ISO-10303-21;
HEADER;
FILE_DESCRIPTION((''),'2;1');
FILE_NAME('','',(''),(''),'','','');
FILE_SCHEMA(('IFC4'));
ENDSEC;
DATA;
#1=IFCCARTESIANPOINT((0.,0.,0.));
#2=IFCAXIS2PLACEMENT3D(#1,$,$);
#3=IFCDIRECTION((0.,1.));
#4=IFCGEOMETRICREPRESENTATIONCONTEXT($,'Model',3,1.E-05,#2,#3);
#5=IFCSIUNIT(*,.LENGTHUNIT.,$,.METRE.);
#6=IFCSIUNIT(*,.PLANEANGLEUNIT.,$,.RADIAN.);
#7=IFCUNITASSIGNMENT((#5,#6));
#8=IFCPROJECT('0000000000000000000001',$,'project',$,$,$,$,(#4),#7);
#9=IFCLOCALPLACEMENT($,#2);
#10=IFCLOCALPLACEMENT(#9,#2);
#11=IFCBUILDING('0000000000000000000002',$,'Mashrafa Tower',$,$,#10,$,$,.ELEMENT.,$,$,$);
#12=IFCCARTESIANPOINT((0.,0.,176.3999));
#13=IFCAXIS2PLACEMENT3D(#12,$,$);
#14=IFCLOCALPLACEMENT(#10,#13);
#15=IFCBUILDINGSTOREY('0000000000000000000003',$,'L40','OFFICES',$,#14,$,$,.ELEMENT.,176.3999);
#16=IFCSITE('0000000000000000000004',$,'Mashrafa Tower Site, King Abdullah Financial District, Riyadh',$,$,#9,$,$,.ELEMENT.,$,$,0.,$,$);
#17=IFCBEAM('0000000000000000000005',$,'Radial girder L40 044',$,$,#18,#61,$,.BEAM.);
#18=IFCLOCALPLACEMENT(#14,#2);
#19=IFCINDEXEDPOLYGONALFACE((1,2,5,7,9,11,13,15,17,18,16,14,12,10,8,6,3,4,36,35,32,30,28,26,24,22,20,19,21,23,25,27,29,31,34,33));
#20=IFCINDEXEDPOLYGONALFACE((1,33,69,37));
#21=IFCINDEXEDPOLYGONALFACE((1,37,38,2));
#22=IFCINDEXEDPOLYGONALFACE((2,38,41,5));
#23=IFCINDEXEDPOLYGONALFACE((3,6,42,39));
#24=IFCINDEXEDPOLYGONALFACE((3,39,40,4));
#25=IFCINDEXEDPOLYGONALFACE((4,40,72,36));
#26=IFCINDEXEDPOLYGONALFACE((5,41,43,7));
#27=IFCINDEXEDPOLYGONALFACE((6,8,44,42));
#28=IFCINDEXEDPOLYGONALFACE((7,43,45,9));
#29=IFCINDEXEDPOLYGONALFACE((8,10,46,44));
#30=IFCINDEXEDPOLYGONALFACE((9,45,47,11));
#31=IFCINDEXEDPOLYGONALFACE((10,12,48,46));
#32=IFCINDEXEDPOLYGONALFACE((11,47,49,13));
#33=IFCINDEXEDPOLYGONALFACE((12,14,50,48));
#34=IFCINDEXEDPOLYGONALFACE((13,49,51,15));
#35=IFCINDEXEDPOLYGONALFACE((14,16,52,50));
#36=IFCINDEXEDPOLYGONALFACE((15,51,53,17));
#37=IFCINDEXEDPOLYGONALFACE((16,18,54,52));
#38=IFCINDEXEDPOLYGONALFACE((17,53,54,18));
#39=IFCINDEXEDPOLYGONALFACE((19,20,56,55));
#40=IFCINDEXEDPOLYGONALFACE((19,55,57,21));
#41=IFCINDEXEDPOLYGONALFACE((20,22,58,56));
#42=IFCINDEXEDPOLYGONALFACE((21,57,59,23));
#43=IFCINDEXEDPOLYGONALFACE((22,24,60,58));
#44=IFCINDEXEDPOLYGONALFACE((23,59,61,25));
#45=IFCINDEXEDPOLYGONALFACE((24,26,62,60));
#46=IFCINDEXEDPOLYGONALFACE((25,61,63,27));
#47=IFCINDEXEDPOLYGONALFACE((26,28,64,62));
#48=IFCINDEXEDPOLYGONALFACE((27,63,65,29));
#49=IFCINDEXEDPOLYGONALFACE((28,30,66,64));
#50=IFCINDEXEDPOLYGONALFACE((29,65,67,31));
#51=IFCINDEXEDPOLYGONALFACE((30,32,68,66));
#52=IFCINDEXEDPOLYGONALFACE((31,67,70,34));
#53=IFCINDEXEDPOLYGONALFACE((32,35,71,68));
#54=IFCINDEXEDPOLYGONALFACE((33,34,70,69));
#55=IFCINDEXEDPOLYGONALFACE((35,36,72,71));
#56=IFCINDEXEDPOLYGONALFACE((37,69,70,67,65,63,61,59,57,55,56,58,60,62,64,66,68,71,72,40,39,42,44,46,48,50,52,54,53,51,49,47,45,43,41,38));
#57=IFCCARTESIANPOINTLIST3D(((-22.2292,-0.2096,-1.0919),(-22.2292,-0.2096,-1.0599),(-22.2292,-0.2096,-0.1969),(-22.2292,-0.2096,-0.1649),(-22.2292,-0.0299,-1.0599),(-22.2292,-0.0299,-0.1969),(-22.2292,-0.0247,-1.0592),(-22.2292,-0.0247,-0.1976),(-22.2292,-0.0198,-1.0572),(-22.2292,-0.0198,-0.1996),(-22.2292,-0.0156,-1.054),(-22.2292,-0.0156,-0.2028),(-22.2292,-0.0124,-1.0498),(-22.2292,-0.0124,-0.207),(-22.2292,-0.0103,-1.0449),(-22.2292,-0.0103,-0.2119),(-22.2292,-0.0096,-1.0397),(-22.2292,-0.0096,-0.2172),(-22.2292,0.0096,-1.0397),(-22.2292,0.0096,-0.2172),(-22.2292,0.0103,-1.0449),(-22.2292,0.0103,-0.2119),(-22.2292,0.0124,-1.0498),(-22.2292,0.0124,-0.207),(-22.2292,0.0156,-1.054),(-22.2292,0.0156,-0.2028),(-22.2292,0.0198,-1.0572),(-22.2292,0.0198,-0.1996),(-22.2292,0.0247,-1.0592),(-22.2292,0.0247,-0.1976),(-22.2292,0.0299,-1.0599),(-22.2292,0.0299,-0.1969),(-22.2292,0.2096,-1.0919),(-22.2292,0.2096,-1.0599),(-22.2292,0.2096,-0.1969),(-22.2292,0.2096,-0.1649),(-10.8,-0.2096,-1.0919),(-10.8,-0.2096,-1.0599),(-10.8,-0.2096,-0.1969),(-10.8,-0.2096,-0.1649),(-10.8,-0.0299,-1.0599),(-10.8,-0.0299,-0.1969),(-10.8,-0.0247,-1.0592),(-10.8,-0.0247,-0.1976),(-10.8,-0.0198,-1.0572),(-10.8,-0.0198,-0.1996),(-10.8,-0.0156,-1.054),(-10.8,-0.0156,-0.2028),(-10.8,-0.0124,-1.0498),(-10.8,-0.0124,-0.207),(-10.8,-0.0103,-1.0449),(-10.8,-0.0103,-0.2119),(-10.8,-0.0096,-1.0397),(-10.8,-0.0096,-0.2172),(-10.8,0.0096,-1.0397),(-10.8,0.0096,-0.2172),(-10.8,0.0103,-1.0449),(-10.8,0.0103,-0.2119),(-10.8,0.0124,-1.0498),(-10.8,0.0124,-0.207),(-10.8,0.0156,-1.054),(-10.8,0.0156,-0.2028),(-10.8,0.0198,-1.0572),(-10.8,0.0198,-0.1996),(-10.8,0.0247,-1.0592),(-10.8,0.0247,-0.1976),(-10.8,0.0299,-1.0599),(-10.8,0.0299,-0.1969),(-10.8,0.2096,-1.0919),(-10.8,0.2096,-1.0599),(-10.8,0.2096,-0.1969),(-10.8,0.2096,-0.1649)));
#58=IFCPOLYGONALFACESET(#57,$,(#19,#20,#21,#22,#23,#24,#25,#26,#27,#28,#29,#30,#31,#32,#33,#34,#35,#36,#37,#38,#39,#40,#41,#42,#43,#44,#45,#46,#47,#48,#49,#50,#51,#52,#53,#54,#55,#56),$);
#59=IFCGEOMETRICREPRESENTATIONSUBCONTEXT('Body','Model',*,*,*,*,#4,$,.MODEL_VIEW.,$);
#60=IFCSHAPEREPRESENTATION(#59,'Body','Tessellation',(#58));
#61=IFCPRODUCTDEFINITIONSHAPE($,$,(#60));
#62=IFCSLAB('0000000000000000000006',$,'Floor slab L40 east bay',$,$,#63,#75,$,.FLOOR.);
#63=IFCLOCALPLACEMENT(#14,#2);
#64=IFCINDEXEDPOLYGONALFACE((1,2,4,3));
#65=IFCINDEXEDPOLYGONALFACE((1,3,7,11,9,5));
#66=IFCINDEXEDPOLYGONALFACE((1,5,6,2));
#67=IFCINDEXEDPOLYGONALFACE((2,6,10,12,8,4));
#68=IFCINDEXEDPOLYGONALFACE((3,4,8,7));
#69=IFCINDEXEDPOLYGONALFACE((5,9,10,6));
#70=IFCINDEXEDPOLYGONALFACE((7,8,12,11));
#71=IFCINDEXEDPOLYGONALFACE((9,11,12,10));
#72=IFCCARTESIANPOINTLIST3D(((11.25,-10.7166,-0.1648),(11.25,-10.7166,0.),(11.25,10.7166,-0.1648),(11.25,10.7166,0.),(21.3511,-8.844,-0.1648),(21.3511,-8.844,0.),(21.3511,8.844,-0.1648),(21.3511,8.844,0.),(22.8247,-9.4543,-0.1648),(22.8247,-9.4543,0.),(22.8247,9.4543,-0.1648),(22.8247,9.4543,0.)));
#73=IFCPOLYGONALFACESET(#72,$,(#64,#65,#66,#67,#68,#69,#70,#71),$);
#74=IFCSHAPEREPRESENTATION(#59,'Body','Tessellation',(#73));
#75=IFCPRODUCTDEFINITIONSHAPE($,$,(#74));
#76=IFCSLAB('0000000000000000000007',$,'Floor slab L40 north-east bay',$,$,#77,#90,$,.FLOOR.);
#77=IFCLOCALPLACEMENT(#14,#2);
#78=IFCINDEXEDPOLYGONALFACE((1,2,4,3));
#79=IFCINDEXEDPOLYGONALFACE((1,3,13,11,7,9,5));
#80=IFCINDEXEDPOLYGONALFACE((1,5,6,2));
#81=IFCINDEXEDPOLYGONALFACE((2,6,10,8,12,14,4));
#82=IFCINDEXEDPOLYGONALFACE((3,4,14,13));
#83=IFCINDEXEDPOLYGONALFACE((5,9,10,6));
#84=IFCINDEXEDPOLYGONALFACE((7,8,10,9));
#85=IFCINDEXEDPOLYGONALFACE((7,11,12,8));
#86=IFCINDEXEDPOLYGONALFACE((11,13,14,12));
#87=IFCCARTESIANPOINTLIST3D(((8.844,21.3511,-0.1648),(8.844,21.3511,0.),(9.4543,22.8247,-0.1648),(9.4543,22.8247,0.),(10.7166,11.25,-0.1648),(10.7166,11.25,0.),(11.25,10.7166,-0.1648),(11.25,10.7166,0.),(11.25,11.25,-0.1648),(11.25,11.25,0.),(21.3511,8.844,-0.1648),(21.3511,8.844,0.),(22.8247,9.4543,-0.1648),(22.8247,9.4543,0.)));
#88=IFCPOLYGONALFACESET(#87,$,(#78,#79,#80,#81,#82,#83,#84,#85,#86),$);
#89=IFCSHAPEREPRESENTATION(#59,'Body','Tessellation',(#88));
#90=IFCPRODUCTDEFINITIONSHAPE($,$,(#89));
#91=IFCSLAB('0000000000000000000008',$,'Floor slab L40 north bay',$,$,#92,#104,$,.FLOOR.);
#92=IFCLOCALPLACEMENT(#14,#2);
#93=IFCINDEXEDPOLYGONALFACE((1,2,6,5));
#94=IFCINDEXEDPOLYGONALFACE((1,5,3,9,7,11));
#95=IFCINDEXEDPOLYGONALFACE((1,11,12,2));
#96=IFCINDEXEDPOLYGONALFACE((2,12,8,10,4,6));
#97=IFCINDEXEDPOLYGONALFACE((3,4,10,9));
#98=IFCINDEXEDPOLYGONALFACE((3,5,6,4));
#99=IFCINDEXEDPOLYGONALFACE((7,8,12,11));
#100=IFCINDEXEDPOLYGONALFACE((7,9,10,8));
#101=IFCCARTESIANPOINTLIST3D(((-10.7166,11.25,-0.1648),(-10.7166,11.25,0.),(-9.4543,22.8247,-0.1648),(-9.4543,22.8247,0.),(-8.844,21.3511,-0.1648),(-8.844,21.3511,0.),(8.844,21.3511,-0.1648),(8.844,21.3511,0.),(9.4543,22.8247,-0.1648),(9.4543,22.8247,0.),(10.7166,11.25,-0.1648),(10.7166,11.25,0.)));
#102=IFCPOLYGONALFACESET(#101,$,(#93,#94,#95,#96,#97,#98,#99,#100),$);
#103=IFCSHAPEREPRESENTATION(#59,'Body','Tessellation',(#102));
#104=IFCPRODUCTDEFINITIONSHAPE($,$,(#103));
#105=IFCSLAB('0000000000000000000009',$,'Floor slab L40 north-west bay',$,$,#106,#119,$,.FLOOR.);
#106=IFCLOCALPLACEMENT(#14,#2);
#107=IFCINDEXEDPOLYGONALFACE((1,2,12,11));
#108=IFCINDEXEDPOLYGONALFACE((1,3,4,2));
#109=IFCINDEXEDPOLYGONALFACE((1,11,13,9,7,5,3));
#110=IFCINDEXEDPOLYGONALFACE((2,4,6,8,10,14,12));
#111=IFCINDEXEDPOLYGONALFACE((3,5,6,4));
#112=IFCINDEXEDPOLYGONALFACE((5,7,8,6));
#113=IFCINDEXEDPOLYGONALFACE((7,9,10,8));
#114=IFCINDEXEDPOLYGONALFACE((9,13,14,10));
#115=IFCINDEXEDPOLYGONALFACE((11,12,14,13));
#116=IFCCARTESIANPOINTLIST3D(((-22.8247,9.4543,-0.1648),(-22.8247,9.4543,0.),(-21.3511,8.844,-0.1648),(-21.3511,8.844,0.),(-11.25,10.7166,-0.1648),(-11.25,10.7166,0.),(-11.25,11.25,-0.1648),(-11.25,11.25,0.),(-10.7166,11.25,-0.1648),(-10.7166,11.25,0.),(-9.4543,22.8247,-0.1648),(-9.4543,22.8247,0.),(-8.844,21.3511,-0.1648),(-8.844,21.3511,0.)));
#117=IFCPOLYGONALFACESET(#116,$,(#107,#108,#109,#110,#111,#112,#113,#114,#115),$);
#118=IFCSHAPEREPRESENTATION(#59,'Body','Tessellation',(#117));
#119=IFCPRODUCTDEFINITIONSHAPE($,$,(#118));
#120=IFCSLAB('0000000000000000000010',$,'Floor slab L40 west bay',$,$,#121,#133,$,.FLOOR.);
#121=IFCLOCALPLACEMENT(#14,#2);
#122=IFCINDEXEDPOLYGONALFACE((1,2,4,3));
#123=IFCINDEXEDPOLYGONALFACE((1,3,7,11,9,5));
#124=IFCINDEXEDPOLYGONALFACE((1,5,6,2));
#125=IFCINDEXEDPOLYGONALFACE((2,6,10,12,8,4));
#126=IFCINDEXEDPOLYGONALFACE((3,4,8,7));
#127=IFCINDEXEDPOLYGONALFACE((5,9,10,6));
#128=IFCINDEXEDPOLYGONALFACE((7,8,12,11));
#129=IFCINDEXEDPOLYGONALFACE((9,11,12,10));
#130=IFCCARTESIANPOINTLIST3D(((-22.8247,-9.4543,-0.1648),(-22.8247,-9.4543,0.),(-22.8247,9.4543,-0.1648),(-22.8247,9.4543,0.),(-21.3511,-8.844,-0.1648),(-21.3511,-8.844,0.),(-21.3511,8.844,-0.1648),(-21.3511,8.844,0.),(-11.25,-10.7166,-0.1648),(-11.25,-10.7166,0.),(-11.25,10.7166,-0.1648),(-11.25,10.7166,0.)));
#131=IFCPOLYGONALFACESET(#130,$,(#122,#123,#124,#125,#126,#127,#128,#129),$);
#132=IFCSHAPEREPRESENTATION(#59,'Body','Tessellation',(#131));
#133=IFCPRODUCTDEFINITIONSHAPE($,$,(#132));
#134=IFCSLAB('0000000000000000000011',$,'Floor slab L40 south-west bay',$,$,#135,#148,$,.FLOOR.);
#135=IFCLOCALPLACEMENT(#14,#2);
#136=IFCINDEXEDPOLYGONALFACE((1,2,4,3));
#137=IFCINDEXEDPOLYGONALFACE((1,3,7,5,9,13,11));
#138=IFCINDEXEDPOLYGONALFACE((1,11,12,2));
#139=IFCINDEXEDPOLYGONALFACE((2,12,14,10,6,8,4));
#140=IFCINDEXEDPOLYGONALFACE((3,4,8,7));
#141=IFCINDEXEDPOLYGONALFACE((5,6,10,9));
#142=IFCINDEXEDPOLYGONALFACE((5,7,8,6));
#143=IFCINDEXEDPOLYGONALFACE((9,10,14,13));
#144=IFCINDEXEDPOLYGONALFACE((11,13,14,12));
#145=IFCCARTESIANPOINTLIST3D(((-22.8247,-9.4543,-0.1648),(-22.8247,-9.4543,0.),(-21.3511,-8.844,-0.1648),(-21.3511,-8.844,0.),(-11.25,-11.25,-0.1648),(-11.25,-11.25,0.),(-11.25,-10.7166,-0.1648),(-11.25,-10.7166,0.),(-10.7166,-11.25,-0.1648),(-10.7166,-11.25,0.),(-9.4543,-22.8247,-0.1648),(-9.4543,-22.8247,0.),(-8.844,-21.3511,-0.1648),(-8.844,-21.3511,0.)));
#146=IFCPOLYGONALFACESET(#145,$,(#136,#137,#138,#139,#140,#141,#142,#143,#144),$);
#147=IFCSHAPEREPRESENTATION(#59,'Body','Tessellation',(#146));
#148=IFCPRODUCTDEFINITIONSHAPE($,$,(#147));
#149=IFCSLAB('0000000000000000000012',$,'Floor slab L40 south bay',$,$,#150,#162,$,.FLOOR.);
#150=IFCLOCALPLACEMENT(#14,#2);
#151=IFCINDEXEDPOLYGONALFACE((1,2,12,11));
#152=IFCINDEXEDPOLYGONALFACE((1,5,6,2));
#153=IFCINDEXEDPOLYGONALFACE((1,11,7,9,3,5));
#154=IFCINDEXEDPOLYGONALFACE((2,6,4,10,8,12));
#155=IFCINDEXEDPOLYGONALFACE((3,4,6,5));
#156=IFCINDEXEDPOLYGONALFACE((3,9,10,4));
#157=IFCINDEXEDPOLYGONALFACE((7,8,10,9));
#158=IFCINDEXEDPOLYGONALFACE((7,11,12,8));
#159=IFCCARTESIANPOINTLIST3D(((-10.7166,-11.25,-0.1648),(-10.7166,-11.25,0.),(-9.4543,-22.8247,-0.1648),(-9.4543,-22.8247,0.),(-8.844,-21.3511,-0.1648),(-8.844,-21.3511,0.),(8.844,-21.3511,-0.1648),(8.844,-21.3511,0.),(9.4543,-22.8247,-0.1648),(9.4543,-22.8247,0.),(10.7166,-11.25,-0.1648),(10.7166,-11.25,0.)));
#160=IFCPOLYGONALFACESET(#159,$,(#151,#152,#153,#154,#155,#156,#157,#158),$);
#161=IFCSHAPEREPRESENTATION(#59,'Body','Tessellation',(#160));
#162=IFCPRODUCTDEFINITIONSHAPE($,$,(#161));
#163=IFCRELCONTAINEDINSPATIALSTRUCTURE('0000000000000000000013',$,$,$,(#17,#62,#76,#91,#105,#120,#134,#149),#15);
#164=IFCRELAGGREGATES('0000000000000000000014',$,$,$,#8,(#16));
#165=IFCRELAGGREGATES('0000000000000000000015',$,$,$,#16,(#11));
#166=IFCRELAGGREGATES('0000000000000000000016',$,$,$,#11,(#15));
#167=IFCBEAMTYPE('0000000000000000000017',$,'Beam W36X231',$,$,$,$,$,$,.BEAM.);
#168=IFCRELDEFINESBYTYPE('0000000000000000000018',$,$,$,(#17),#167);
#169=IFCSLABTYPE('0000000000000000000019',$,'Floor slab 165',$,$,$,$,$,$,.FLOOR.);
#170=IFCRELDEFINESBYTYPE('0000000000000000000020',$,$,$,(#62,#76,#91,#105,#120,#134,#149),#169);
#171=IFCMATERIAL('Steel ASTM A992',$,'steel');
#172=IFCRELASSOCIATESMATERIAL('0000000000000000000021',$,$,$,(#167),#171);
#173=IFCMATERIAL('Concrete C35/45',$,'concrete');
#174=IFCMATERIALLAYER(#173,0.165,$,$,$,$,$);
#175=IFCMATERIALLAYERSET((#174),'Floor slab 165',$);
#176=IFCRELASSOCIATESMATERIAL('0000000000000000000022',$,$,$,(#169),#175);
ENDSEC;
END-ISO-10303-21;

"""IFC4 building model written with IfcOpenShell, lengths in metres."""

from ifc_helpers import new_model, si_unit, direction, frame, origin, origin_2d, place, context, subcontext, project, spatial, polyline, i_section, outline, extrude, material, layer, layer_set, material_profile, profile_set, type_object, element, save


model = new_model("IFC4")

# Units and contexts
model_context = context("Model", 3, precision=1e-05, world=origin(), true_north=direction((0.0, 1.0)))
body_context = subcontext(model_context, "Body", "Model", "MODEL_VIEW")
ifc_project = project(units=[si_unit("LENGTHUNIT", "METRE"), si_unit("PLANEANGLEUNIT", "RADIAN")], contexts=[model_context])

# Site, building, storey
site_placement = place(None, origin())
site = spatial("IfcSite", under=ifc_project, at=site_placement, Name="Mashrafa Tower Site, King Abdullah Financial District, Riyadh", CompositionType="ELEMENT", RefElevation=0.0)
building_placement = place(site_placement, origin())
building = spatial("IfcBuilding", under=site, at=building_placement, Name="Mashrafa Tower", CompositionType="ELEMENT")
storey_placement = place(building_placement, frame((0.0, 0.0, 176.3999)))
storey = spatial("IfcBuildingStorey", under=building, at=storey_placement, Name="L40", Description="OFFICES", CompositionType="ELEMENT", Elevation=176.3999)

# Beam
ifc_material_1 = material(Name="Steel ASTM A992", Category="steel")
ifc_material_profile = material_profile(ifc_material_1, i_section(OverallWidth=0.4192, OverallDepth=0.927, WebThickness=0.0193, FlangeThickness=0.032, FilletRadius=0.0203, at=origin_2d()), Name="W36X231")
ifc_profile_set = profile_set([ifc_material_profile], Name="Steel ASTM A992")
beam_type = type_object("IfcBeamType", Name="Beam W36X231", PredefinedType="BEAM", material=ifc_profile_set)
beam_placement = place(storey_placement, frame((-10.8, 0.0, -0.6284), z_axis=(-1.0, 0.0, 0.0), x_axis=(0.0, -1.0, 0.0)))
element("IfcBeam", 1, at=beam_placement, inside=storey, type_object=beam_type, Name="Radial girder L40 044", PredefinedType="BEAM", context=body_context, shape_type="SweptSolid", body=[
    extrude(i_section(OverallWidth=0.4192, OverallDepth=0.927, WebThickness=0.0193, FlangeThickness=0.032, FilletRadius=0.0203, at=origin_2d()), origin(), (0.0, 0.0, 1.0), 11.4292),
])

# Slabs
ifc_material_2 = material(Name="Concrete C35/45", Category="concrete")
ifc_layer_1 = layer(ifc_material_2, 0.165)
ifc_layer_set_1 = layer_set([ifc_layer_1], Name="Floor slab 165")
slab_type = type_object("IfcSlabType", Name="Floor slab 165", PredefinedType="FLOOR", material=ifc_layer_set_1)
slab_1_placement = place(storey_placement, frame((0.0, 0.0, -0.1648)))
element("IfcSlab", 2, at=slab_1_placement, inside=storey, type_object=slab_type, Name="Floor slab L40 east bay", PredefinedType="FLOOR", context=body_context, shape_type="SweptSolid", body=[
    extrude(outline(polyline([(22.8247, -9.4543), (21.3511, -8.844), (11.25, -10.7166), (11.25, 10.7166), (21.3511, 8.844), (22.8247, 9.4543), (22.8247, -9.4543)])), origin(), (0.0, 0.0, 1.0), 0.1648),
])
slab_2_placement = place(storey_placement, frame((0.0, 0.0, -0.1648)))
element("IfcSlab", 3, at=slab_2_placement, inside=storey, type_object=slab_type, Name="Floor slab L40 north-east bay", PredefinedType="FLOOR", context=body_context, shape_type="SweptSolid", body=[
    extrude(outline(polyline([(9.4543, 22.8247), (22.8247, 9.4543), (22.8247, 9.4543), (21.3511, 8.844), (11.25, 10.7166), (11.25, 11.25), (10.7166, 11.25), (8.844, 21.3511), (9.4543, 22.8247), (9.4543, 22.8247)])), origin(), (0.0, 0.0, 1.0), 0.1648),
])
slab_3_placement = place(storey_placement, frame((0.0, 0.0, -0.1648)))
element("IfcSlab", 4, at=slab_3_placement, inside=storey, type_object=slab_type, Name="Floor slab L40 north bay", PredefinedType="FLOOR", context=body_context, shape_type="SweptSolid", body=[
    extrude(outline(polyline([(9.4543, 22.8247), (8.844, 21.3511), (10.7166, 11.25), (-10.7166, 11.25), (-8.844, 21.3511), (-9.4543, 22.8247), (9.4543, 22.8247)])), origin(), (0.0, 0.0, 1.0), 0.1648),
])
slab_4_placement = place(storey_placement, frame((0.0, 0.0, -0.1648)))
element("IfcSlab", 5, at=slab_4_placement, inside=storey, type_object=slab_type, Name="Floor slab L40 north-west bay", PredefinedType="FLOOR", context=body_context, shape_type="SweptSolid", body=[
    extrude(outline(polyline([(-22.8247, 9.4543), (-9.4543, 22.8247), (-9.4543, 22.8247), (-8.844, 21.3511), (-10.7166, 11.25), (-11.25, 11.25), (-11.25, 10.7166), (-21.3511, 8.844), (-22.8247, 9.4543), (-22.8247, 9.4543)])), origin(), (0.0, 0.0, 1.0), 0.1648),
])
slab_5_placement = place(storey_placement, frame((0.0, 0.0, -0.1648)))
element("IfcSlab", 6, at=slab_5_placement, inside=storey, type_object=slab_type, Name="Floor slab L40 west bay", PredefinedType="FLOOR", context=body_context, shape_type="SweptSolid", body=[
    extrude(outline(polyline([(-22.8247, 9.4543), (-21.3511, 8.844), (-11.25, 10.7166), (-11.25, -10.7166), (-21.3511, -8.844), (-22.8247, -9.4543), (-22.8247, 9.4543)])), origin(), (0.0, 0.0, 1.0), 0.1648),
])
slab_6_placement = place(storey_placement, frame((0.0, 0.0, -0.1648)))
element("IfcSlab", 7, at=slab_6_placement, inside=storey, type_object=slab_type, Name="Floor slab L40 south-west bay", PredefinedType="FLOOR", context=body_context, shape_type="SweptSolid", body=[
    extrude(outline(polyline([(-9.4543, -22.8247), (-22.8247, -9.4543), (-22.8247, -9.4543), (-21.3511, -8.844), (-11.25, -10.7166), (-11.25, -11.25), (-10.7166, -11.25), (-8.844, -21.3511), (-9.4543, -22.8247), (-9.4543, -22.8247)])), origin(), (0.0, 0.0, 1.0), 0.1648),
])
slab_7_placement = place(storey_placement, frame((0.0, 0.0, -0.1648)))
element("IfcSlab", 8, at=slab_7_placement, inside=storey, type_object=slab_type, Name="Floor slab L40 south bay", PredefinedType="FLOOR", context=body_context, shape_type="SweptSolid", body=[
    extrude(outline(polyline([(-9.4543, -22.8247), (-8.844, -21.3511), (-10.7166, -11.25), (10.7166, -11.25), (8.844, -21.3511), (9.4543, -22.8247), (-9.4543, -22.8247)])), origin(), (0.0, 0.0, 1.0), 0.1648),
])

save(model, "model.ifc")
